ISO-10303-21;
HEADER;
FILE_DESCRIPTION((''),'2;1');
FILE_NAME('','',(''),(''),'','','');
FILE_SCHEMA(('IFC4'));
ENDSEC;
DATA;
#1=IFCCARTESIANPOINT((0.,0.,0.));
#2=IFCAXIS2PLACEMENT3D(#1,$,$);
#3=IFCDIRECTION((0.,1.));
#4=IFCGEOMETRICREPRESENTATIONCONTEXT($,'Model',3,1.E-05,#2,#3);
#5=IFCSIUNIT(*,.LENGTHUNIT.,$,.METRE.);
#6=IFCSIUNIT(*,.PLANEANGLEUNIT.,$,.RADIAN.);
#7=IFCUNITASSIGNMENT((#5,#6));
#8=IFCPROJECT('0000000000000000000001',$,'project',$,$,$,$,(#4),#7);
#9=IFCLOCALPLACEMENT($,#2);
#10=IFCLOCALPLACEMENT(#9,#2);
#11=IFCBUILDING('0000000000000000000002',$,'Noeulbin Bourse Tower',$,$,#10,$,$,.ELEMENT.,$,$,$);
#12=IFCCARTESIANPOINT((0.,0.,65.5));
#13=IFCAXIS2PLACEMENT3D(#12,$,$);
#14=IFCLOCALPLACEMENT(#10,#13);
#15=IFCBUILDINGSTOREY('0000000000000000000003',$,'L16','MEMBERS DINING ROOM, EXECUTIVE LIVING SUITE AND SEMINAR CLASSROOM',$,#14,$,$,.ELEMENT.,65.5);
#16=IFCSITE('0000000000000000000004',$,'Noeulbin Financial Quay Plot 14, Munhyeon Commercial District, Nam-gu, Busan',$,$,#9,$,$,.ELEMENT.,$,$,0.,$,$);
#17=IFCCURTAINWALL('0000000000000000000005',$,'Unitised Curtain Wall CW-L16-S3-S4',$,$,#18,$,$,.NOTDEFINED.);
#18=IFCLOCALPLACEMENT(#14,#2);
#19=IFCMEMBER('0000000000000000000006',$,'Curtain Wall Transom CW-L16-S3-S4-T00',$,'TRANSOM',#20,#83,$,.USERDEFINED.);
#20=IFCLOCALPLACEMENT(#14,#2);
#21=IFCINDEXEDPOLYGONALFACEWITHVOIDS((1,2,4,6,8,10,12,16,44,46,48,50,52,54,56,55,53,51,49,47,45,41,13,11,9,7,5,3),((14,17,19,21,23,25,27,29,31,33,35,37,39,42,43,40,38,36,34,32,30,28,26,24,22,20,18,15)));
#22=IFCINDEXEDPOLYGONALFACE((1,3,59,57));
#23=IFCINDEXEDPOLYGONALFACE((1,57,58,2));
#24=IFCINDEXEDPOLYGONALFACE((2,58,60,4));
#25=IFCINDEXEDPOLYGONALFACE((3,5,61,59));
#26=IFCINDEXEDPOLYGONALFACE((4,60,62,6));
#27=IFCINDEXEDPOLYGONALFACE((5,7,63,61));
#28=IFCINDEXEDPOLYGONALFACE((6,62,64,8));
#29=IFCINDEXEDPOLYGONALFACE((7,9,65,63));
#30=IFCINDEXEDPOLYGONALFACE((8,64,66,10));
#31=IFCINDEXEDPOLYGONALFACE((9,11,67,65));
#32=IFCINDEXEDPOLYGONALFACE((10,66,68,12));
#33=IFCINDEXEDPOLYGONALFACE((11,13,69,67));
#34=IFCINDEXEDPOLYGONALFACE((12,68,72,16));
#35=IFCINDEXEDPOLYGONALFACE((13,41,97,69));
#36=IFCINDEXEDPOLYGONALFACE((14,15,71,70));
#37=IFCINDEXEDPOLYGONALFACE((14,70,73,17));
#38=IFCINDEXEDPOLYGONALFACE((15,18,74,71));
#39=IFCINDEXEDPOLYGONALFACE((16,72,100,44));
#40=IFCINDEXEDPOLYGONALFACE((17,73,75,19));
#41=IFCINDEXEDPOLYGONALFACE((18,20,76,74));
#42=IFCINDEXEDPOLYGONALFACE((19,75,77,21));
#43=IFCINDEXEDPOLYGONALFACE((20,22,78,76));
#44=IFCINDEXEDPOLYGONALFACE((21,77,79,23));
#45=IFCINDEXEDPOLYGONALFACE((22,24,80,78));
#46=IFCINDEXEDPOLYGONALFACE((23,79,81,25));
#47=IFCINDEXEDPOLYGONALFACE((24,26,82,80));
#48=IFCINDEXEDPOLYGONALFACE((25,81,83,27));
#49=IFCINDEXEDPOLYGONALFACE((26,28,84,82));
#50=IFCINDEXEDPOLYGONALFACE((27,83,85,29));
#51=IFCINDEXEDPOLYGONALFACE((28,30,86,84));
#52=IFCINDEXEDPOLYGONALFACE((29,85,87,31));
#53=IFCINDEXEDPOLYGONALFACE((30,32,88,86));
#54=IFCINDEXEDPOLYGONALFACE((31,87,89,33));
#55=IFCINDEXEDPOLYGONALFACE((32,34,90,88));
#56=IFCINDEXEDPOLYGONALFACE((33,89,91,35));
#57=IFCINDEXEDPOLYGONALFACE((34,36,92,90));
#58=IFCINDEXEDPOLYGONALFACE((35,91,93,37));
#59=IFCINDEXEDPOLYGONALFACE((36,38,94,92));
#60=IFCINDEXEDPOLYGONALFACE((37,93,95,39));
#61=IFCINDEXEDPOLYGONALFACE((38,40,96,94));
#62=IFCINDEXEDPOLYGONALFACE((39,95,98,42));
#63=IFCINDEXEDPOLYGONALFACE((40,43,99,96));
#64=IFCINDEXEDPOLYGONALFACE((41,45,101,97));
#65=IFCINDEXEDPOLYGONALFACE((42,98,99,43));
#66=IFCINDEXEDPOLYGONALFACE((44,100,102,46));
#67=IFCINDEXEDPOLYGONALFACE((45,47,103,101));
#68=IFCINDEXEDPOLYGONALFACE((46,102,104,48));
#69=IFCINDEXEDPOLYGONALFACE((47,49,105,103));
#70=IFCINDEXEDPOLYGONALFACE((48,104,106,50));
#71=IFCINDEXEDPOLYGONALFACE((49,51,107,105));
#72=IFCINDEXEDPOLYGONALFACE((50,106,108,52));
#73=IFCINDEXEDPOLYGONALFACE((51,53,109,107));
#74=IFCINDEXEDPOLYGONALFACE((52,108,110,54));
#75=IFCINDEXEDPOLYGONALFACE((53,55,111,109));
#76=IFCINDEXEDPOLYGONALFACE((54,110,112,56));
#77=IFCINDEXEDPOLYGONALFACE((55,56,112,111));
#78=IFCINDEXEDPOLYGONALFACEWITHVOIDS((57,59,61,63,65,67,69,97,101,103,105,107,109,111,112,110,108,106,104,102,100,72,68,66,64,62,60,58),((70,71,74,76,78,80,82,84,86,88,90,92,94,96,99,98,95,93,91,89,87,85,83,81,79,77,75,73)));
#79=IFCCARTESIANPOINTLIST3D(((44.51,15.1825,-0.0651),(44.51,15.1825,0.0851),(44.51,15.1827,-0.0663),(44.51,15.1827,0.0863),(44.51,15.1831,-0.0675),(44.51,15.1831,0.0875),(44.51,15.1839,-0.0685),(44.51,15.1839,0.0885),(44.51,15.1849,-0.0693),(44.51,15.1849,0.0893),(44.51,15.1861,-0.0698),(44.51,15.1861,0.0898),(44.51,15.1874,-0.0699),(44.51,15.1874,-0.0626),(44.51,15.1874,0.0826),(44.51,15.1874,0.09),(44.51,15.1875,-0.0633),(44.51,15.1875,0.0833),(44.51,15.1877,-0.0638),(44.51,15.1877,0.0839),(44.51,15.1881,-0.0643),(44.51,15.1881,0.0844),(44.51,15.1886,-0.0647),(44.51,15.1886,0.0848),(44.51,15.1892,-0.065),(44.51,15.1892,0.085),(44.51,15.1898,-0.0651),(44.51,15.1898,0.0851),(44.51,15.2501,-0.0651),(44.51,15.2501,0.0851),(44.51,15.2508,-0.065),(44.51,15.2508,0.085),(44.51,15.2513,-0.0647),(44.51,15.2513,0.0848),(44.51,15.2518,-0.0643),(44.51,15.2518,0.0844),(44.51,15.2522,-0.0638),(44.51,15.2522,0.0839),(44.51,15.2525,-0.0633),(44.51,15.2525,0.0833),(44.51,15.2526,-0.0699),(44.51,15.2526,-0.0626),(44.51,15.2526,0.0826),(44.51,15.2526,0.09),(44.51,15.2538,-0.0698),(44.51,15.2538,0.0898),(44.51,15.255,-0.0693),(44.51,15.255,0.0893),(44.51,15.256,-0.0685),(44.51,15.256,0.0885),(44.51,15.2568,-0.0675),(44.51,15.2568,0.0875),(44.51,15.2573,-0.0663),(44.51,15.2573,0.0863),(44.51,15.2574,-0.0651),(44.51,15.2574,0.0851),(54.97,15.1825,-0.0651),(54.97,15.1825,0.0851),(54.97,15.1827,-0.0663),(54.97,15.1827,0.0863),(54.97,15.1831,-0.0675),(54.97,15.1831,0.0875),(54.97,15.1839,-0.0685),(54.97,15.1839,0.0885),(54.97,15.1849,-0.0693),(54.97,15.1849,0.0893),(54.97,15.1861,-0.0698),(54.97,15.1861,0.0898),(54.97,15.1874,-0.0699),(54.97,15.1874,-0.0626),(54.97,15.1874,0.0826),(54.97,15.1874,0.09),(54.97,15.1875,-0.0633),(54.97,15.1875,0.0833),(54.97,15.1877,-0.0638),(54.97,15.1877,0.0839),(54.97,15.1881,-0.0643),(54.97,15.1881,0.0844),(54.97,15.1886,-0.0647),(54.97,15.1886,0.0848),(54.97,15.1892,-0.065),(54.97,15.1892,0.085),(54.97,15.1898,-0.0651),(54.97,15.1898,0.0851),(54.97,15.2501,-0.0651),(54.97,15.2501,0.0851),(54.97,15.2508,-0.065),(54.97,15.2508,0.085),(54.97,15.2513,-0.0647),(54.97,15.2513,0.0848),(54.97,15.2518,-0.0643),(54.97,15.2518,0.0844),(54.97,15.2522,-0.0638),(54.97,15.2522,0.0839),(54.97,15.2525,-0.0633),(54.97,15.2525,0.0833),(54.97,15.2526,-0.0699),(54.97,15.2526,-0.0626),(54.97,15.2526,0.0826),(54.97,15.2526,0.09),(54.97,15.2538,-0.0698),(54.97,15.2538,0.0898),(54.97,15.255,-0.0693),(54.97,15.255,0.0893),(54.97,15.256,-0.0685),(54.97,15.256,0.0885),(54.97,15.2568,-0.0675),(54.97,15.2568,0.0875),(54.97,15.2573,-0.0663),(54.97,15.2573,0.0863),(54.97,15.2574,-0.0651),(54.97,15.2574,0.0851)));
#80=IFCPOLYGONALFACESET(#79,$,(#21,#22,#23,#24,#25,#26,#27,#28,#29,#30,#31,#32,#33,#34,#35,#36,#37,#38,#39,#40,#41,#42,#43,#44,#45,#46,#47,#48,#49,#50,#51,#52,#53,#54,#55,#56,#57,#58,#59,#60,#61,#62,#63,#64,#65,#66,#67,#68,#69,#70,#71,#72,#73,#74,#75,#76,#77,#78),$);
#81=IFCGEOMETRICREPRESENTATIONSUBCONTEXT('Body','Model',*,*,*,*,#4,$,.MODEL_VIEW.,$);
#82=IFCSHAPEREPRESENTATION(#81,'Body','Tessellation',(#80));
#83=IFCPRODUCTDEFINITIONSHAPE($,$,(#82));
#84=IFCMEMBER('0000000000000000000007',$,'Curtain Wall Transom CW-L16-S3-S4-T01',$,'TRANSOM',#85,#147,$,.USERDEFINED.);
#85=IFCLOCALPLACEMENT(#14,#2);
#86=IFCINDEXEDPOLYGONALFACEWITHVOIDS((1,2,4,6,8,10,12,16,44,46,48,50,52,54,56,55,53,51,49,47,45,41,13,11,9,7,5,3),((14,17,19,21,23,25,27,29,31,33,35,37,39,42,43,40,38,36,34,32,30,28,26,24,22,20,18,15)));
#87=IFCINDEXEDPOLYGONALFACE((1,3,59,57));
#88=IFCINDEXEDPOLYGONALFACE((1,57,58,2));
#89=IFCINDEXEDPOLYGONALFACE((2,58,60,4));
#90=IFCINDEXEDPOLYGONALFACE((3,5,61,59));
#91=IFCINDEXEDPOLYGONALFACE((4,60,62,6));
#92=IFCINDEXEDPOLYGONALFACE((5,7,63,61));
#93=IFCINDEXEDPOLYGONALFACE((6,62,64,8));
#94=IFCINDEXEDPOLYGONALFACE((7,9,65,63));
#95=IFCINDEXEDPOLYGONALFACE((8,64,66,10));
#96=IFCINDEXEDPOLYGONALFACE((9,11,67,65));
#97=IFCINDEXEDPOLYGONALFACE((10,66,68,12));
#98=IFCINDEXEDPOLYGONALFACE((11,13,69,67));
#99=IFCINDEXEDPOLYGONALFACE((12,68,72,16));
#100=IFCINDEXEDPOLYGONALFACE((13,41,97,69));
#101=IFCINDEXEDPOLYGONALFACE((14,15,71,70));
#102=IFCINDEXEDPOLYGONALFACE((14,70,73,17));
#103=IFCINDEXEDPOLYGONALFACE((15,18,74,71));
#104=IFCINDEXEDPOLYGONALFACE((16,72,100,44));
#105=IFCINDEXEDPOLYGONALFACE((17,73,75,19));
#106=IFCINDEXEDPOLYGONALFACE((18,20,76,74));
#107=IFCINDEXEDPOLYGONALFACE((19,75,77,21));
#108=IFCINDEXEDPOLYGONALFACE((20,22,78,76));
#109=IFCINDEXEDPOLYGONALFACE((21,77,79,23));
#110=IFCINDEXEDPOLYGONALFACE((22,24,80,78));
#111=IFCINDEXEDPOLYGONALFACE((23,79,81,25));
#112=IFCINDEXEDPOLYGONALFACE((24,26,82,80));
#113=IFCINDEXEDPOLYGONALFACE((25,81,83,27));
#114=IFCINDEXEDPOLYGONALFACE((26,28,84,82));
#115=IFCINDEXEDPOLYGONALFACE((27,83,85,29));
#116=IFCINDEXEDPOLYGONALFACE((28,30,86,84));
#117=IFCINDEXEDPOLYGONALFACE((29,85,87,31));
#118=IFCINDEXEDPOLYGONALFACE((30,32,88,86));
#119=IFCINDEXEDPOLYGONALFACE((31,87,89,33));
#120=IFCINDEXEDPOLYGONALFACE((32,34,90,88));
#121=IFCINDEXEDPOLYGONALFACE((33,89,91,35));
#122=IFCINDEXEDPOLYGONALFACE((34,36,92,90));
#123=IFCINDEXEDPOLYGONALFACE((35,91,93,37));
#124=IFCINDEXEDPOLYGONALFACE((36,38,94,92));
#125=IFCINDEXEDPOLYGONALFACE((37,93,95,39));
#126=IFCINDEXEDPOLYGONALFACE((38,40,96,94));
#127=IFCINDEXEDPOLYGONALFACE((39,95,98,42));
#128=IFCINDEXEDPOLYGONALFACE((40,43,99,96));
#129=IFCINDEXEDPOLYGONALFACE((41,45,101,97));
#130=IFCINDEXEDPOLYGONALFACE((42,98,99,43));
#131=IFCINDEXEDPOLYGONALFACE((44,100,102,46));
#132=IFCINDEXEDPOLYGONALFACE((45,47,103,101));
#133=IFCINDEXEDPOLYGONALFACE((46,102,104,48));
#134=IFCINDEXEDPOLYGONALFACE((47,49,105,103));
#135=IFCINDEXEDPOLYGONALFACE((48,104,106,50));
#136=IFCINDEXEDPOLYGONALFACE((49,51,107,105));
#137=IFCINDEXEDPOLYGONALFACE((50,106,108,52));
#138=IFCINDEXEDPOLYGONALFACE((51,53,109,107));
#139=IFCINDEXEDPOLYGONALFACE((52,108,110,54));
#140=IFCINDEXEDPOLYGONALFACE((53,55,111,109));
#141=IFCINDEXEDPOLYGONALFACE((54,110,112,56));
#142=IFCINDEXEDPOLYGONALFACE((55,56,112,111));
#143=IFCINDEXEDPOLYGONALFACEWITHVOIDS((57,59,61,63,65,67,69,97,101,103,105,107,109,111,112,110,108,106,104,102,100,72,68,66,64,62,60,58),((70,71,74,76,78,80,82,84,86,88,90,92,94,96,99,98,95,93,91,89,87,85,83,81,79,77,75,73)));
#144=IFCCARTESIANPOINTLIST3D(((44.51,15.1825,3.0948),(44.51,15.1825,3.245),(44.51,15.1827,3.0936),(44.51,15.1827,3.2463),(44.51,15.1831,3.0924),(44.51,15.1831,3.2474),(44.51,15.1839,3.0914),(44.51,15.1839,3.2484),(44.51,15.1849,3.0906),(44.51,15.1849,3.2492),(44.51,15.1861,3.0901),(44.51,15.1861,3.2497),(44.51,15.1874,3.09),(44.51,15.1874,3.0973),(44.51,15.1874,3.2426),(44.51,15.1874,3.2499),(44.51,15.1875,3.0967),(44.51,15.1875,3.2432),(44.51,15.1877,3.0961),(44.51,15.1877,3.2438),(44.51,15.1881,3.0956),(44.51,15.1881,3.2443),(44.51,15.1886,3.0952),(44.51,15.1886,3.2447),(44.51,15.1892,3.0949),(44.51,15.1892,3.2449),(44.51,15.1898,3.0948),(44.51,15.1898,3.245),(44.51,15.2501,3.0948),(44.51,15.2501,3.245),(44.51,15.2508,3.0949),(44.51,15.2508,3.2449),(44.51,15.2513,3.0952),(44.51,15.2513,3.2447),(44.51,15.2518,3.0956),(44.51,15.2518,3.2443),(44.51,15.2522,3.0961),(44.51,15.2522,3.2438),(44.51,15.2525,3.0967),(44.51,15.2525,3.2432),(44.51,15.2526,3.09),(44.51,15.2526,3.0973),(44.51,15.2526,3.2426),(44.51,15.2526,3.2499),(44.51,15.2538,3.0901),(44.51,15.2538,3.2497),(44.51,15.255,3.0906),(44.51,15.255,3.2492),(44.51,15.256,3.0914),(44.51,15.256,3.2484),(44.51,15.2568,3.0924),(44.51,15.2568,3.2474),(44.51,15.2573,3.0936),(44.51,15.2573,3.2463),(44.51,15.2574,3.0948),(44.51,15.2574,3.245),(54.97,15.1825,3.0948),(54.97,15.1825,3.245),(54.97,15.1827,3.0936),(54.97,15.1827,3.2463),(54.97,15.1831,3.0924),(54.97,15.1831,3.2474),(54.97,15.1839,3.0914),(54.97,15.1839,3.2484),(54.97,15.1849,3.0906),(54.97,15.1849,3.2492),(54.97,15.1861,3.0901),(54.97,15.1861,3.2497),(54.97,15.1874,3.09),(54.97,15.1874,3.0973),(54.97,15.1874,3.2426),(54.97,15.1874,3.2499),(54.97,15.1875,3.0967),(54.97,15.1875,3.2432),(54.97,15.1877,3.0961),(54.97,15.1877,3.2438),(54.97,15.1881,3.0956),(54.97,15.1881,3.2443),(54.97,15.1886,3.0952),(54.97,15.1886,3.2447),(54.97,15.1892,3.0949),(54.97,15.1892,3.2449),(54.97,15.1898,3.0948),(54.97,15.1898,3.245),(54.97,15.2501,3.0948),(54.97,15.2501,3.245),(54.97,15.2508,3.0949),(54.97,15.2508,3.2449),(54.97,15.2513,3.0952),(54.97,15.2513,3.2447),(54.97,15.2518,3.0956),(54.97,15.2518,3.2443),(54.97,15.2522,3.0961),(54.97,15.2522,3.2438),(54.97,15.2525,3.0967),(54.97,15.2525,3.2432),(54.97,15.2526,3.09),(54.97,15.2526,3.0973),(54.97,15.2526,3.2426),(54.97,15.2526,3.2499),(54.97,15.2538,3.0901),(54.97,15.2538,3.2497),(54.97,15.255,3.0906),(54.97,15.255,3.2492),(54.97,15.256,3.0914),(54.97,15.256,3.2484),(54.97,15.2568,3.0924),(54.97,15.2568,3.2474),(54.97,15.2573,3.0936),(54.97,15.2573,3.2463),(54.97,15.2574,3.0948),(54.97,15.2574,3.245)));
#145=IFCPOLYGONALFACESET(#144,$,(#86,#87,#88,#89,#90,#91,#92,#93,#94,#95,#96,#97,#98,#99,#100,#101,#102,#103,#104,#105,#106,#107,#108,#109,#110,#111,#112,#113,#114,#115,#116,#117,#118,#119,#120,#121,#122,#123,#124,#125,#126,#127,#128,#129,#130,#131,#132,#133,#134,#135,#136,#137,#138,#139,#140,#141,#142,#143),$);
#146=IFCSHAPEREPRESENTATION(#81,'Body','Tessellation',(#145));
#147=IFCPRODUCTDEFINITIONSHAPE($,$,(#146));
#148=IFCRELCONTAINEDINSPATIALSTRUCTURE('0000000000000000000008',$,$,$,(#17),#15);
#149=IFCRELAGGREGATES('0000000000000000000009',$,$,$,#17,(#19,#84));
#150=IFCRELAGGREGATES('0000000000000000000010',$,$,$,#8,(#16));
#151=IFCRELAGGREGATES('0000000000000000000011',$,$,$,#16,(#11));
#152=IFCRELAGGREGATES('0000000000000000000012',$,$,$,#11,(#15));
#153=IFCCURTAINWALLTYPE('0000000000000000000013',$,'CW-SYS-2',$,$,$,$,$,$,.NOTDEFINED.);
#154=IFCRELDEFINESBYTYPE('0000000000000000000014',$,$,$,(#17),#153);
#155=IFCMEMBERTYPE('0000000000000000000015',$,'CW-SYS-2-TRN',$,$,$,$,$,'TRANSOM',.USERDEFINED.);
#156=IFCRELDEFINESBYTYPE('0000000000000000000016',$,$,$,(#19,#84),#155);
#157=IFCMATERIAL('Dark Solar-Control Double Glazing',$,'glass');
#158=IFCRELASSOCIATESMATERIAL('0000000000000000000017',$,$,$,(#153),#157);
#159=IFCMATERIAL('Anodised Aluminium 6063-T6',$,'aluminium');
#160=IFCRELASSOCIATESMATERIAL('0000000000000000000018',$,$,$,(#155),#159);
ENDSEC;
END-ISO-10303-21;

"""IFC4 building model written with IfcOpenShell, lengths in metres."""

from ifc_helpers import new_model, si_unit, direction, frame, origin, origin_2d, place, context, subcontext, project, spatial, hollow_rectangle, extrude, material, material_profile, profile_set, type_object, element, aggregate, save


model = new_model("IFC4")

# Units and contexts
model_context = context("Model", 3, precision=1e-05, world=origin(), true_north=direction((0.0, 1.0)))
body_context = subcontext(model_context, "Body", "Model", "MODEL_VIEW")
ifc_project = project(units=[si_unit("LENGTHUNIT", "METRE"), si_unit("PLANEANGLEUNIT", "RADIAN")], contexts=[model_context])

# Site, building, storey
site_placement = place(None, origin())
site = spatial("IfcSite", under=ifc_project, at=site_placement, Name="Noeulbin Financial Quay Plot 14, Munhyeon Commercial District, Nam-gu, Busan", CompositionType="ELEMENT", RefElevation=0.0)
building_placement = place(site_placement, origin())
building = spatial("IfcBuilding", under=site, at=building_placement, Name="Noeulbin Bourse Tower", CompositionType="ELEMENT")
storey_placement = place(building_placement, frame((0.0, 0.0, 65.5)))
storey = spatial("IfcBuildingStorey", under=building, at=storey_placement, Name="L16", Description="MEMBERS DINING ROOM, EXECUTIVE LIVING SUITE AND SEMINAR CLASSROOM", CompositionType="ELEMENT", Elevation=65.5)

# Curtain wall
ifc_material_1 = material(Name="Dark Solar-Control Double Glazing", Category="glass")
curtain_wall_type = type_object("IfcCurtainWallType", Name="CW-SYS-2", PredefinedType="NOTDEFINED", material=ifc_material_1)
curtain_wall_1_placement = place(storey_placement, origin())
curtain_wall_1 = element("IfcCurtainWall", 1, at=curtain_wall_1_placement, inside=storey, type_object=curtain_wall_type, Name="Unitised Curtain Wall CW-L16-S3-S4", PredefinedType="NOTDEFINED")
ifc_material_2 = material(Name="Anodised Aluminium 6063-T6", Category="aluminium")

# Members
ifc_material_profile_1 = material_profile(ifc_material_2, hollow_rectangle(XDim=0.075, YDim=0.1599, WallThickness=0.0049, InnerFilletRadius=0.0024, OuterFilletRadius=0.0049, at=origin_2d()), Name="ALU-TRAN-75x160x5", Category="LoadBearing")
ifc_profile_set_1 = profile_set([ifc_material_profile_1], Name="Anodised Aluminium 6063-T6")
member_type_1 = type_object("IfcMemberType", Name="CW-SYS-2-TRN", ElementType="TRANSOM", PredefinedType="USERDEFINED", material=ifc_profile_set_1)
member_1_placement = place(storey_placement, frame((44.51, 15.22, 0.01), z_axis=(1.0, 0.0, 0.0), x_axis=(0.0, 1.0, 0.0)))
member_1 = element("IfcMember", 2, at=member_1_placement, type_object=member_type_1, Name="Curtain Wall Transom CW-L16-S3-S4-T00", ObjectType="TRANSOM", PredefinedType="USERDEFINED", context=body_context, shape_type="SweptSolid", body=[
    extrude(hollow_rectangle(XDim=0.075, YDim=0.1599, WallThickness=0.0049, InnerFilletRadius=0.0024, OuterFilletRadius=0.0049, at=origin_2d()), origin(), (0.0, 0.0, 1.0), 10.46),
])
member_2_placement = place(storey_placement, frame((44.51, 15.22, 3.1699), z_axis=(1.0, 0.0, 0.0), x_axis=(0.0, 1.0, 0.0)))
member_2 = element("IfcMember", 3, at=member_2_placement, type_object=member_type_1, Name="Curtain Wall Transom CW-L16-S3-S4-T01", ObjectType="TRANSOM", PredefinedType="USERDEFINED", context=body_context, shape_type="SweptSolid", body=[
    extrude(hollow_rectangle(XDim=0.075, YDim=0.1599, WallThickness=0.0049, InnerFilletRadius=0.0024, OuterFilletRadius=0.0049, at=origin_2d()), origin(), (0.0, 0.0, 1.0), 10.46),
])

aggregate(curtain_wall_1, [member_1, member_2])

save(model, "model.ifc")
